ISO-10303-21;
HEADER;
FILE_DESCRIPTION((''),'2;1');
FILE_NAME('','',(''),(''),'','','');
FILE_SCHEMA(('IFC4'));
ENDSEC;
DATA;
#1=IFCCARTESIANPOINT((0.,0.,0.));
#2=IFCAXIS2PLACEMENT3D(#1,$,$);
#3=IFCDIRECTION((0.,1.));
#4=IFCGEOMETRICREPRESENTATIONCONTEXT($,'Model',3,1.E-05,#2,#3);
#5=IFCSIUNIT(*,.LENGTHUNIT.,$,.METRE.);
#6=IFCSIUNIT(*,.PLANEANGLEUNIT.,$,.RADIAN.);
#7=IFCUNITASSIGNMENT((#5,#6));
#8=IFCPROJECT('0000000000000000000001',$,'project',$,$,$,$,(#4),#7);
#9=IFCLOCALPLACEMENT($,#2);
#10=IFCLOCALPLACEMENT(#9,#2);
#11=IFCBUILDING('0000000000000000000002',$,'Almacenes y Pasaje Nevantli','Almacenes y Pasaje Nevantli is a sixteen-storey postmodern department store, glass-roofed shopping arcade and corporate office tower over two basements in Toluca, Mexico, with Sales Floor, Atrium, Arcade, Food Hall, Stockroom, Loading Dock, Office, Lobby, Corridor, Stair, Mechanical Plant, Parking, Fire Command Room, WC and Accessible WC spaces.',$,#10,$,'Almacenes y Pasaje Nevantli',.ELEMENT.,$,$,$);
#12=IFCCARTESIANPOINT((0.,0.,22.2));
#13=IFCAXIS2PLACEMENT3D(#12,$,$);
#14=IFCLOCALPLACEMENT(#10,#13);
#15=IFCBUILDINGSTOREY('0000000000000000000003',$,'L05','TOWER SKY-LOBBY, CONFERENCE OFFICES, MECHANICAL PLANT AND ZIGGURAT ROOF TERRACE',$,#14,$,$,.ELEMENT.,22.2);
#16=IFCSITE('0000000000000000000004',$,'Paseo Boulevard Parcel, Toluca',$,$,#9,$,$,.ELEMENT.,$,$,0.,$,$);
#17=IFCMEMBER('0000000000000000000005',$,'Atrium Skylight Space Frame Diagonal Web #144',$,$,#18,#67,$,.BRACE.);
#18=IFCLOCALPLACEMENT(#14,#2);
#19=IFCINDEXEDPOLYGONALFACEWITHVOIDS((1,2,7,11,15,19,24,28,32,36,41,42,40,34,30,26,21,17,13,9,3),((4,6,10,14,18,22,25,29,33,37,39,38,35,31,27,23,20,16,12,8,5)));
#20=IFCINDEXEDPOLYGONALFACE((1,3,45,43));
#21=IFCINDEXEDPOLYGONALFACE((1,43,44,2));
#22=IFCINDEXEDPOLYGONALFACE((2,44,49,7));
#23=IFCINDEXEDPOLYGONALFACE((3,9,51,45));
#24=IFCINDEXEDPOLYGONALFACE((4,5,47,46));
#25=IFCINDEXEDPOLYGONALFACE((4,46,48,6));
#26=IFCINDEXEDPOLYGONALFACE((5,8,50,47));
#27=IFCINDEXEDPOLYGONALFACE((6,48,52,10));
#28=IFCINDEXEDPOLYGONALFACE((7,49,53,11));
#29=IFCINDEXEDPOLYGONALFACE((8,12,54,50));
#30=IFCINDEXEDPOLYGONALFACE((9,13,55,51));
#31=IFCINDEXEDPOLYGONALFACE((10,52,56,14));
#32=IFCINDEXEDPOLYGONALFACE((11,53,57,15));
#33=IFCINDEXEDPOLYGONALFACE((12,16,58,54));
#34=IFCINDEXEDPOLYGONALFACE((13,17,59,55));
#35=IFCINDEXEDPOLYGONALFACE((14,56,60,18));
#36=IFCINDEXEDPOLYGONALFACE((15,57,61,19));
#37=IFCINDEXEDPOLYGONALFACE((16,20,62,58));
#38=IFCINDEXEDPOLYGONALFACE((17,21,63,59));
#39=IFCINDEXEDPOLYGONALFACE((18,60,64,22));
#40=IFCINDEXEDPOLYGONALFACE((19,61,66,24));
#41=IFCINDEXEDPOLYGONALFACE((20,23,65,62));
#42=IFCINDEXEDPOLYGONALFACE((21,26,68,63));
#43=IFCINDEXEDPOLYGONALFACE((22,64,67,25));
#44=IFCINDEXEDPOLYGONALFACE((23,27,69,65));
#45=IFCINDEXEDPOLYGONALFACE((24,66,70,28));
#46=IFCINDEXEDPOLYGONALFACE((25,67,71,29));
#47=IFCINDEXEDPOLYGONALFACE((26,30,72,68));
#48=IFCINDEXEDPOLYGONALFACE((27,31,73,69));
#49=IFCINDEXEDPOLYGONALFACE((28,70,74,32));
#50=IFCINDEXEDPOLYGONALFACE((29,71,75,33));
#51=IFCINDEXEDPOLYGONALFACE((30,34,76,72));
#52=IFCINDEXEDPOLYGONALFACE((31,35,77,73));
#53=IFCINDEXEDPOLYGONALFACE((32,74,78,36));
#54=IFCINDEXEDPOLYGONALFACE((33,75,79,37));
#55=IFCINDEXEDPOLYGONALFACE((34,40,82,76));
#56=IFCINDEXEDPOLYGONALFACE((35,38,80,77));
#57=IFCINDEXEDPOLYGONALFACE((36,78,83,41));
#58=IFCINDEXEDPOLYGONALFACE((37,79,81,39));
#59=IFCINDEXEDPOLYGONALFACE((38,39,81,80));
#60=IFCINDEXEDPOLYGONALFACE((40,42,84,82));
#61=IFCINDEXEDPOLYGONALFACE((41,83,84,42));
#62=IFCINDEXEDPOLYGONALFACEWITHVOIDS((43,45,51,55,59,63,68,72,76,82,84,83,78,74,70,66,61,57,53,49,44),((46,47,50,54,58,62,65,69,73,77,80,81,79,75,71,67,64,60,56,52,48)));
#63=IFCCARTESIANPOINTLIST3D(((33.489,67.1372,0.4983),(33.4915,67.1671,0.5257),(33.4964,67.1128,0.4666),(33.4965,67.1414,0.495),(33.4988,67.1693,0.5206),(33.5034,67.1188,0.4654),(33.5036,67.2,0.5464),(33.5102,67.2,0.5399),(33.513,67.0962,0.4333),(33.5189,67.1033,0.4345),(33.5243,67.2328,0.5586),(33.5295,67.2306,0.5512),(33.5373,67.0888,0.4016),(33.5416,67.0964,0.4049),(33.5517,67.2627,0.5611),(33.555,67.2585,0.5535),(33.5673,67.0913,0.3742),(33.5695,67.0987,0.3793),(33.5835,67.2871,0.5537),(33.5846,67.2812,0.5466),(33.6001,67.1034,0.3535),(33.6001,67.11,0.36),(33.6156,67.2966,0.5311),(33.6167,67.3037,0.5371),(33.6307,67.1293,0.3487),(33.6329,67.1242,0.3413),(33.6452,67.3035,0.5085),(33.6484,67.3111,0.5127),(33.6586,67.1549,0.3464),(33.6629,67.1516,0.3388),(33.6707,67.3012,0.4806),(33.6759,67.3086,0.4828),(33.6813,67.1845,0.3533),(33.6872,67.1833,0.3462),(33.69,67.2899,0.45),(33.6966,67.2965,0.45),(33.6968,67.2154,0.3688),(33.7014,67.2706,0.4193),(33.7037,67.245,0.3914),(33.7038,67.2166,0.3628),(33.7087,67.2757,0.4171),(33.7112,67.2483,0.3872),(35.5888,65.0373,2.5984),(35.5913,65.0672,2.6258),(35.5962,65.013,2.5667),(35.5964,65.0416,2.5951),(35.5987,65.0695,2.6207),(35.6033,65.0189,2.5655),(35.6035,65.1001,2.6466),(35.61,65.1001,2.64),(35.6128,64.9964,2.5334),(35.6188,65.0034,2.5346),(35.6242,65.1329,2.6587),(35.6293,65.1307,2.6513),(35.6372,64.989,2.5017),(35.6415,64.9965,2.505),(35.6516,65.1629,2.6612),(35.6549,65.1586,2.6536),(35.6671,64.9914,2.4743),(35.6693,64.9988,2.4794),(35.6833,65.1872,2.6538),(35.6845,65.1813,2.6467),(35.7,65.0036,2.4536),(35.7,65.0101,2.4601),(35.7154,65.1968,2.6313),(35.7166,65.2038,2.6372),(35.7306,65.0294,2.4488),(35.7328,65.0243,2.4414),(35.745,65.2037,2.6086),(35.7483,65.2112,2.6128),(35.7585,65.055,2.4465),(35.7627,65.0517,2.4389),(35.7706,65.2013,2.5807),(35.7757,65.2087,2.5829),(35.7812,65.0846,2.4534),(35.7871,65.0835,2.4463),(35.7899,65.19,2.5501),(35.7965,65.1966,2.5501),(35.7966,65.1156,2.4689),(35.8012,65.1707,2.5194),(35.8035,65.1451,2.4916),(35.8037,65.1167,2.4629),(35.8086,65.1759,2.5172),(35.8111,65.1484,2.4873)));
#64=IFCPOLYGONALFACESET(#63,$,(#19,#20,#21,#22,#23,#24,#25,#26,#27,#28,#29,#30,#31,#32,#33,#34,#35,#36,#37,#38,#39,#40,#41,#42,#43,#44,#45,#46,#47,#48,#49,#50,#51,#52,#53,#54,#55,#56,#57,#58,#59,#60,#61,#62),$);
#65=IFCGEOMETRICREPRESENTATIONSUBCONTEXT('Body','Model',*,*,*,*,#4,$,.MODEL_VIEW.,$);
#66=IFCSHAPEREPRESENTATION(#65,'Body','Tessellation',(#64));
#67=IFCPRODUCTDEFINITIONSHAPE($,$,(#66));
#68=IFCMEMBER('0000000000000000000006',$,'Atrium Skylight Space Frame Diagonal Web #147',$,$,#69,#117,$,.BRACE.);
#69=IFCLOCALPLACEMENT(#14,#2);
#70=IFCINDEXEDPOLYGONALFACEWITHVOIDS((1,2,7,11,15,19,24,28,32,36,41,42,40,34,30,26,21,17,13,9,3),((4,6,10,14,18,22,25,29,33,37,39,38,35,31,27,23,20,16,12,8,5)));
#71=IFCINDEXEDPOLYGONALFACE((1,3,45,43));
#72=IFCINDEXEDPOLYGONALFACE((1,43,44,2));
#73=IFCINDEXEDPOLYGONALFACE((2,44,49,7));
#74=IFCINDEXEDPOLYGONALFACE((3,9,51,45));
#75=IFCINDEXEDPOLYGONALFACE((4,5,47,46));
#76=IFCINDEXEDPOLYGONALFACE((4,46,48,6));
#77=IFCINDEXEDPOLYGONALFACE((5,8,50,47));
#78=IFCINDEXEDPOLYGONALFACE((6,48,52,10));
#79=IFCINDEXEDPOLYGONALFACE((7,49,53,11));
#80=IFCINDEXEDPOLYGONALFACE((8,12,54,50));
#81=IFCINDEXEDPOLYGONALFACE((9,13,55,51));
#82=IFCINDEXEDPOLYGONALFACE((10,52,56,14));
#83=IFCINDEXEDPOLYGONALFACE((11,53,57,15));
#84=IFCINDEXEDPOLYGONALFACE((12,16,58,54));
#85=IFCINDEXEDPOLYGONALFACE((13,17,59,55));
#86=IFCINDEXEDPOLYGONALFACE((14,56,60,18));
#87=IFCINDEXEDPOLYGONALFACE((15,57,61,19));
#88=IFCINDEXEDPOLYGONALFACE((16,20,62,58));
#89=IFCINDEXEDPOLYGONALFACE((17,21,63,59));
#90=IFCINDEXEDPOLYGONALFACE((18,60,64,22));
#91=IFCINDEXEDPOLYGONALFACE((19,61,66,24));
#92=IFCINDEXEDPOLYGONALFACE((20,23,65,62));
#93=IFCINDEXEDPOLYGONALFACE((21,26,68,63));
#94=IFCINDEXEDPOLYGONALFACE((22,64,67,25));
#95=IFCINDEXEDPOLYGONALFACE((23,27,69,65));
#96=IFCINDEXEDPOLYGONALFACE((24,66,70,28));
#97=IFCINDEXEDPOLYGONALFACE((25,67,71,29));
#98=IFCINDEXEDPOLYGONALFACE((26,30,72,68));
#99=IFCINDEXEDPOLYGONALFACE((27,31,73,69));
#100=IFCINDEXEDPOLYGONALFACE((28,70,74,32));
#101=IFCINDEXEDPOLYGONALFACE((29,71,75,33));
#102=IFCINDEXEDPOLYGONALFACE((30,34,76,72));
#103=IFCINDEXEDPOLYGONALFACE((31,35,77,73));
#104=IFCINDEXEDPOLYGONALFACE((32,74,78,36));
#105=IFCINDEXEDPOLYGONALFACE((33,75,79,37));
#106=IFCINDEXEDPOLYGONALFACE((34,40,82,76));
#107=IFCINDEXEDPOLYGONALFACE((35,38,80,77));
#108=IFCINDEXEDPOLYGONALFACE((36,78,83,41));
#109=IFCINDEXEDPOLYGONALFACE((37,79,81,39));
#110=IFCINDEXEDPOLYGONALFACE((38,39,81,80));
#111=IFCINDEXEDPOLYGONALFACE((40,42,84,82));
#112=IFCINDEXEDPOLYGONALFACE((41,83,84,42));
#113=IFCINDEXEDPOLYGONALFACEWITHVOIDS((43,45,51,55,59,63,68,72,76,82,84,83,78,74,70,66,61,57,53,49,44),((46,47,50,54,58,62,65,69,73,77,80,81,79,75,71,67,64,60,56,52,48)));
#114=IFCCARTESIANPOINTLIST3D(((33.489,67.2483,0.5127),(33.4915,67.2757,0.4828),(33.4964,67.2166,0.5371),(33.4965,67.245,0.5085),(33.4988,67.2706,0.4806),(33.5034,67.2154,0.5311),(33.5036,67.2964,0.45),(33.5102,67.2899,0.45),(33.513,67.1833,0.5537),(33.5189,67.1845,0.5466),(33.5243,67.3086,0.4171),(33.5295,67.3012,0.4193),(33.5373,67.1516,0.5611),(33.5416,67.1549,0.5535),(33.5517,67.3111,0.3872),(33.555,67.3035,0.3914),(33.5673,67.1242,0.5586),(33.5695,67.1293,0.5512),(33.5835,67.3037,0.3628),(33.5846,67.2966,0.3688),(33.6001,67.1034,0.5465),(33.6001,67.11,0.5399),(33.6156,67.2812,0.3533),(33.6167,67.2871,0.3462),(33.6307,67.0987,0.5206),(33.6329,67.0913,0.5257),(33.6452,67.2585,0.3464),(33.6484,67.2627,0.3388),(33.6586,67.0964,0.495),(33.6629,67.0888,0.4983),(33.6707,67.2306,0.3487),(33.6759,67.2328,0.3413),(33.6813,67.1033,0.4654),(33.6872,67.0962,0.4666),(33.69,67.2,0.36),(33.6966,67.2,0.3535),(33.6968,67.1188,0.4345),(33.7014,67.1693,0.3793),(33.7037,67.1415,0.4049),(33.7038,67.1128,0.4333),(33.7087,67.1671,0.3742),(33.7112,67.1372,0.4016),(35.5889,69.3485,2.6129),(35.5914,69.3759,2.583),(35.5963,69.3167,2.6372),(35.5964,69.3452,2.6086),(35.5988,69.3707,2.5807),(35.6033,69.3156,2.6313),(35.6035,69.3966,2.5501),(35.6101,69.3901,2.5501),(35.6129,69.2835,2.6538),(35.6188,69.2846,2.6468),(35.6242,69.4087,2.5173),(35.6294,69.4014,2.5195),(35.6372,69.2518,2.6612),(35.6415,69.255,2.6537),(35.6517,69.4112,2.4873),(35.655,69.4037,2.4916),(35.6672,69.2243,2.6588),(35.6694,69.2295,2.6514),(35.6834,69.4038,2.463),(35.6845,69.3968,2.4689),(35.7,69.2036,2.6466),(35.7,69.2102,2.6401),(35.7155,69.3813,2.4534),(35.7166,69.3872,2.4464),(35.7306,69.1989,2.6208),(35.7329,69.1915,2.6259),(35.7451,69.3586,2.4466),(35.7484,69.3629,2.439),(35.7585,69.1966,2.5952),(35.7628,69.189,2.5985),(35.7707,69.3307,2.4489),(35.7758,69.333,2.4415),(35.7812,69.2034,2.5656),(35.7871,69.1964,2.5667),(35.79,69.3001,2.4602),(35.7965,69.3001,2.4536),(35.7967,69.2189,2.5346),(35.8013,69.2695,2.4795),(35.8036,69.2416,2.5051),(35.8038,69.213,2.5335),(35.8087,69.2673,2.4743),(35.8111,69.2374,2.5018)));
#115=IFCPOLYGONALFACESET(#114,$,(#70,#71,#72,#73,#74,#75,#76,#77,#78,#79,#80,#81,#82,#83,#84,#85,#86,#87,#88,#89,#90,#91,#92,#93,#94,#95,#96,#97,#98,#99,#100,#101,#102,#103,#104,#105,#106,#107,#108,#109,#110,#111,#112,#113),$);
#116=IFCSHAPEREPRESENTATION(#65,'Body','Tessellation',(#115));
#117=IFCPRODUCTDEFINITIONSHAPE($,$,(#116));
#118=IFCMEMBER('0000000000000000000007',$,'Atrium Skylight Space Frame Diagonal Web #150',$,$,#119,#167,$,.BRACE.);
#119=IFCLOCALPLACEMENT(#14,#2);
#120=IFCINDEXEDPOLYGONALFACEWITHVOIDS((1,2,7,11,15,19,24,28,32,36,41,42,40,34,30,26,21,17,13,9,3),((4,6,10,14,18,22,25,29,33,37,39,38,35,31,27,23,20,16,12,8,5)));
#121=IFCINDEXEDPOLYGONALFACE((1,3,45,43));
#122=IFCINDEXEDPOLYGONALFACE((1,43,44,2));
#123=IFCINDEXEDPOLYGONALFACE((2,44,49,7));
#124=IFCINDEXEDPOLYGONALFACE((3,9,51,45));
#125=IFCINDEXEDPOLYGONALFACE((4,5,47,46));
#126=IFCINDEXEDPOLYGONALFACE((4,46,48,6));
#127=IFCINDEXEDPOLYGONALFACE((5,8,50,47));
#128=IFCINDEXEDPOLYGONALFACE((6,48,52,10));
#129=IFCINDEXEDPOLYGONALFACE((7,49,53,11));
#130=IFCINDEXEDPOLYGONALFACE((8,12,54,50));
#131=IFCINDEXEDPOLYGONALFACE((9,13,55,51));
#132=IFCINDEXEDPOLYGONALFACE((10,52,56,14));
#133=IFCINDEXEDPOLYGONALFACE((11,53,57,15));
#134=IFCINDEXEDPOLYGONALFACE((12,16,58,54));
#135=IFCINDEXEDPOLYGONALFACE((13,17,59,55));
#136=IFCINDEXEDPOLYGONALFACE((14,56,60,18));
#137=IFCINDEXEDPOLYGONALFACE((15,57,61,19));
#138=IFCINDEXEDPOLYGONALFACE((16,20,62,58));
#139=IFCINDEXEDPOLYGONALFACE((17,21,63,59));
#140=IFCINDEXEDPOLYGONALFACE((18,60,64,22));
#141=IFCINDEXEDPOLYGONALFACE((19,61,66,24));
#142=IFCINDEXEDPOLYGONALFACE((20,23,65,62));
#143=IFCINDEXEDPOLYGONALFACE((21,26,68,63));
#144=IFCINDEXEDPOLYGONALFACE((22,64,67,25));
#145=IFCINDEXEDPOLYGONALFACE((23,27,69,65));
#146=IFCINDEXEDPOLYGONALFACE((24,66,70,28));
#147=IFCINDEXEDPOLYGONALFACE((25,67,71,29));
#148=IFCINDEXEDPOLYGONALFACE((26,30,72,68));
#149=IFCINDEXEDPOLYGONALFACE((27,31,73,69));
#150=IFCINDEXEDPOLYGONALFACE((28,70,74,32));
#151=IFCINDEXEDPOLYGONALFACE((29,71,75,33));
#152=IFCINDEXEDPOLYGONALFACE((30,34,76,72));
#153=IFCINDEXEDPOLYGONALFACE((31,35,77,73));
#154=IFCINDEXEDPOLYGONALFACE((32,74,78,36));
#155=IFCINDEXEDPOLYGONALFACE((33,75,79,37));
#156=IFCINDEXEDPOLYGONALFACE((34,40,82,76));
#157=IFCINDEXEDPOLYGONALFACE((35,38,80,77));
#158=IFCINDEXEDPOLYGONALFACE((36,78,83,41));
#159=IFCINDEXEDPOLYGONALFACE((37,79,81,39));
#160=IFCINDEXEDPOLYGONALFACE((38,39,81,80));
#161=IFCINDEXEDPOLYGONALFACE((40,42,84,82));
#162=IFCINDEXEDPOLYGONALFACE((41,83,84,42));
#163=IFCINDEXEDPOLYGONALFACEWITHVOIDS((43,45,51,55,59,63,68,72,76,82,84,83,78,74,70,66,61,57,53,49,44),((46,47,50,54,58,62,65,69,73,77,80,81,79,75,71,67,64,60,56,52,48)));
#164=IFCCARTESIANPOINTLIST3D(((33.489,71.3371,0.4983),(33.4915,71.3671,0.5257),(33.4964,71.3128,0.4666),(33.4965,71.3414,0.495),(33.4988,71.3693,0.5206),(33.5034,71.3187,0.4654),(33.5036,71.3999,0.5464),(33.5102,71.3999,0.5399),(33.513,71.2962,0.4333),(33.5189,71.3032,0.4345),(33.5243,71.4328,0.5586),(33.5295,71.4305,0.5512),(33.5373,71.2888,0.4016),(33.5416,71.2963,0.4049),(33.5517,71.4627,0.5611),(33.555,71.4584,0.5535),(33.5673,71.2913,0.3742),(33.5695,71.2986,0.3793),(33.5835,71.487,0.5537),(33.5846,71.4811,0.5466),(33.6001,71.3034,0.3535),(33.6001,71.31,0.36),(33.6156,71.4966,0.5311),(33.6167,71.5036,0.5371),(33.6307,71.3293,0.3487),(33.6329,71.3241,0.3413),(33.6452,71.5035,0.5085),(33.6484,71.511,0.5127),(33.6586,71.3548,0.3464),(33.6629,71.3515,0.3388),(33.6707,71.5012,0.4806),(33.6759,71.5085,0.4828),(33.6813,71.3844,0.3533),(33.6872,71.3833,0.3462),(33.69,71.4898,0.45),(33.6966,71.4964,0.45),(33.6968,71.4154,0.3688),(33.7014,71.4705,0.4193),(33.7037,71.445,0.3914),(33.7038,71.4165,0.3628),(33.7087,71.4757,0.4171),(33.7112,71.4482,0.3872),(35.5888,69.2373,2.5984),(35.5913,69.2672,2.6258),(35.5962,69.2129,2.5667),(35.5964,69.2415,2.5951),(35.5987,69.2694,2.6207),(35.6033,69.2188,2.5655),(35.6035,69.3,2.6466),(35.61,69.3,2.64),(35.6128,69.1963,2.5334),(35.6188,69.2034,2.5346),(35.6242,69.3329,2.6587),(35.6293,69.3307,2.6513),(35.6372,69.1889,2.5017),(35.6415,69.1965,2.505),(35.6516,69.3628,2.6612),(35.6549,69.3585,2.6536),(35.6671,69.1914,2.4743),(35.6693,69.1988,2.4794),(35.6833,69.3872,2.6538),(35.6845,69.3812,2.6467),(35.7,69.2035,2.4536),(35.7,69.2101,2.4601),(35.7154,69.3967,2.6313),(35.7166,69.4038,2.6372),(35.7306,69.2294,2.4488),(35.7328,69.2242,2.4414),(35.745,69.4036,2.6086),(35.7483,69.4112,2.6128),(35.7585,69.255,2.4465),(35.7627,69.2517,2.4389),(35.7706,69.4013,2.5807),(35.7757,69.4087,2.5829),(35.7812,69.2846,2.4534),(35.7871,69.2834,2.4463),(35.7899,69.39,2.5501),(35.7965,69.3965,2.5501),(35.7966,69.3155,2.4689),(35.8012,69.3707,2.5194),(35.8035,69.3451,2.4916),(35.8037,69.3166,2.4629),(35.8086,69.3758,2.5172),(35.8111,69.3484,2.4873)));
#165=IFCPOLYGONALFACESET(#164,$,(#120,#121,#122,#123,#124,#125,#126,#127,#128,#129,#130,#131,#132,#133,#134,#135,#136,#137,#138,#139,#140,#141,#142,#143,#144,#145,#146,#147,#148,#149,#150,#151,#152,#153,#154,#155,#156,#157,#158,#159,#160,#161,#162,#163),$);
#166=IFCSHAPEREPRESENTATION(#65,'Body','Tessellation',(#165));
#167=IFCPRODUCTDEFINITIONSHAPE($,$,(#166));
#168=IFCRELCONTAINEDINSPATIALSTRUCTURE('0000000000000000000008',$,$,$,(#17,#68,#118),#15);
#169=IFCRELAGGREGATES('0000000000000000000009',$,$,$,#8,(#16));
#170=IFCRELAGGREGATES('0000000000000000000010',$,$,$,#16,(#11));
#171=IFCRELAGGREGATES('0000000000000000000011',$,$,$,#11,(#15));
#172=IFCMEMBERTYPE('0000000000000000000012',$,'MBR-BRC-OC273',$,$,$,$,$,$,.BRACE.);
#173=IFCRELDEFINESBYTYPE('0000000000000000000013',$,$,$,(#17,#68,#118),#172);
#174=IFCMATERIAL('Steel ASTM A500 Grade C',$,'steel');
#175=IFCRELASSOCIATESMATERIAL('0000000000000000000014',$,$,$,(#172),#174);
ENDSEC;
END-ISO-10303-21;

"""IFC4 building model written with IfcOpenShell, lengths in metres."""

from ifc_helpers import new_model, si_unit, direction, frame, origin, origin_2d, place, context, subcontext, project, spatial, hollow_circle, extrude, material, material_profile, profile_set, type_object, element, save


model = new_model("IFC4")

# Units and contexts
model_context = context("Model", 3, precision=1e-05, world=origin(), true_north=direction((0.0, 1.0)))
body_context = subcontext(model_context, "Body", "Model", "MODEL_VIEW")
ifc_project = project(units=[si_unit("LENGTHUNIT", "METRE"), si_unit("PLANEANGLEUNIT", "RADIAN")], contexts=[model_context])

# Site, building, storey
site_placement = place(None, origin())
site = spatial("IfcSite", under=ifc_project, at=site_placement, Name="Paseo Boulevard Parcel, Toluca", CompositionType="ELEMENT", RefElevation=0.0)
building_placement = place(site_placement, origin())
building = spatial("IfcBuilding", under=site, at=building_placement, Name="Almacenes y Pasaje Nevantli", Description="Almacenes y Pasaje Nevantli is a sixteen-storey postmodern department store, glass-roofed shopping arcade and corporate office tower over two basements in Toluca, Mexico, with Sales Floor, Atrium, Arcade, Food Hall, Stockroom, Loading Dock, Office, Lobby, Corridor, Stair, Mechanical Plant, Parking, Fire Command Room, WC and Accessible WC spaces.", LongName="Almacenes y Pasaje Nevantli", CompositionType="ELEMENT")
storey_placement = place(building_placement, frame((0.0, 0.0, 22.2)))
storey = spatial("IfcBuildingStorey", under=building, at=storey_placement, Name="L05", Description="TOWER SKY-LOBBY, CONFERENCE OFFICES, MECHANICAL PLANT AND ZIGGURAT ROOF TERRACE", CompositionType="ELEMENT", Elevation=22.2)

# Members
ifc_material_1 = material(Name="Steel ASTM A500 Grade C", Category="steel")
ifc_material_profile_1 = material_profile(ifc_material_1, hollow_circle(Radius=0.1365, WallThickness=0.0093, at=origin_2d()), Name="OC 273x9.3")
ifc_profile_set_1 = profile_set([ifc_material_profile_1], Name="Steel ASTM A500 Grade C")
member_type_1 = type_object("IfcMemberType", Name="MBR-BRC-OC273", PredefinedType="BRACE", material=ifc_profile_set_1)
member_1_placement = place(storey_placement, frame((33.6001, 67.2, 0.45), z_axis=(0.577328, -0.577328, 0.577395), x_axis=(0.707107, 0.707107, 0.0)))
element("IfcMember", 1, at=member_1_placement, inside=storey, type_object=member_type_1, Name="Atrium Skylight Space Frame Diagonal Web #144", PredefinedType="BRACE", context=body_context, shape_type="SweptSolid", body=[
    extrude(hollow_circle(Radius=0.1365, WallThickness=0.0093, at=origin_2d()), origin(), (0.0, 0.0, 1.0), 3.6372),
])
member_2_placement = place(storey_placement, frame((33.6001, 67.2, 0.45), z_axis=(0.577306, 0.577373, 0.577373), x_axis=(-0.707148, 0.707066, 0.0)))
element("IfcMember", 2, at=member_2_placement, inside=storey, type_object=member_type_1, Name="Atrium Skylight Space Frame Diagonal Web #147", PredefinedType="BRACE", context=body_context, shape_type="SweptSolid", body=[
    extrude(hollow_circle(Radius=0.1365, WallThickness=0.0093, at=origin_2d()), origin(), (0.0, 0.0, 1.0), 3.6375),
])
member_3_placement = place(storey_placement, frame((33.6001, 71.3999, 0.45), z_axis=(0.577328, -0.577328, 0.577395), x_axis=(0.707107, 0.707107, 0.0)))
element("IfcMember", 3, at=member_3_placement, inside=storey, type_object=member_type_1, Name="Atrium Skylight Space Frame Diagonal Web #150", PredefinedType="BRACE", context=body_context, shape_type="SweptSolid", body=[
    extrude(hollow_circle(Radius=0.1365, WallThickness=0.0093, at=origin_2d()), origin(), (0.0, 0.0, 1.0), 3.6372),
])

save(model, "model.ifc")
